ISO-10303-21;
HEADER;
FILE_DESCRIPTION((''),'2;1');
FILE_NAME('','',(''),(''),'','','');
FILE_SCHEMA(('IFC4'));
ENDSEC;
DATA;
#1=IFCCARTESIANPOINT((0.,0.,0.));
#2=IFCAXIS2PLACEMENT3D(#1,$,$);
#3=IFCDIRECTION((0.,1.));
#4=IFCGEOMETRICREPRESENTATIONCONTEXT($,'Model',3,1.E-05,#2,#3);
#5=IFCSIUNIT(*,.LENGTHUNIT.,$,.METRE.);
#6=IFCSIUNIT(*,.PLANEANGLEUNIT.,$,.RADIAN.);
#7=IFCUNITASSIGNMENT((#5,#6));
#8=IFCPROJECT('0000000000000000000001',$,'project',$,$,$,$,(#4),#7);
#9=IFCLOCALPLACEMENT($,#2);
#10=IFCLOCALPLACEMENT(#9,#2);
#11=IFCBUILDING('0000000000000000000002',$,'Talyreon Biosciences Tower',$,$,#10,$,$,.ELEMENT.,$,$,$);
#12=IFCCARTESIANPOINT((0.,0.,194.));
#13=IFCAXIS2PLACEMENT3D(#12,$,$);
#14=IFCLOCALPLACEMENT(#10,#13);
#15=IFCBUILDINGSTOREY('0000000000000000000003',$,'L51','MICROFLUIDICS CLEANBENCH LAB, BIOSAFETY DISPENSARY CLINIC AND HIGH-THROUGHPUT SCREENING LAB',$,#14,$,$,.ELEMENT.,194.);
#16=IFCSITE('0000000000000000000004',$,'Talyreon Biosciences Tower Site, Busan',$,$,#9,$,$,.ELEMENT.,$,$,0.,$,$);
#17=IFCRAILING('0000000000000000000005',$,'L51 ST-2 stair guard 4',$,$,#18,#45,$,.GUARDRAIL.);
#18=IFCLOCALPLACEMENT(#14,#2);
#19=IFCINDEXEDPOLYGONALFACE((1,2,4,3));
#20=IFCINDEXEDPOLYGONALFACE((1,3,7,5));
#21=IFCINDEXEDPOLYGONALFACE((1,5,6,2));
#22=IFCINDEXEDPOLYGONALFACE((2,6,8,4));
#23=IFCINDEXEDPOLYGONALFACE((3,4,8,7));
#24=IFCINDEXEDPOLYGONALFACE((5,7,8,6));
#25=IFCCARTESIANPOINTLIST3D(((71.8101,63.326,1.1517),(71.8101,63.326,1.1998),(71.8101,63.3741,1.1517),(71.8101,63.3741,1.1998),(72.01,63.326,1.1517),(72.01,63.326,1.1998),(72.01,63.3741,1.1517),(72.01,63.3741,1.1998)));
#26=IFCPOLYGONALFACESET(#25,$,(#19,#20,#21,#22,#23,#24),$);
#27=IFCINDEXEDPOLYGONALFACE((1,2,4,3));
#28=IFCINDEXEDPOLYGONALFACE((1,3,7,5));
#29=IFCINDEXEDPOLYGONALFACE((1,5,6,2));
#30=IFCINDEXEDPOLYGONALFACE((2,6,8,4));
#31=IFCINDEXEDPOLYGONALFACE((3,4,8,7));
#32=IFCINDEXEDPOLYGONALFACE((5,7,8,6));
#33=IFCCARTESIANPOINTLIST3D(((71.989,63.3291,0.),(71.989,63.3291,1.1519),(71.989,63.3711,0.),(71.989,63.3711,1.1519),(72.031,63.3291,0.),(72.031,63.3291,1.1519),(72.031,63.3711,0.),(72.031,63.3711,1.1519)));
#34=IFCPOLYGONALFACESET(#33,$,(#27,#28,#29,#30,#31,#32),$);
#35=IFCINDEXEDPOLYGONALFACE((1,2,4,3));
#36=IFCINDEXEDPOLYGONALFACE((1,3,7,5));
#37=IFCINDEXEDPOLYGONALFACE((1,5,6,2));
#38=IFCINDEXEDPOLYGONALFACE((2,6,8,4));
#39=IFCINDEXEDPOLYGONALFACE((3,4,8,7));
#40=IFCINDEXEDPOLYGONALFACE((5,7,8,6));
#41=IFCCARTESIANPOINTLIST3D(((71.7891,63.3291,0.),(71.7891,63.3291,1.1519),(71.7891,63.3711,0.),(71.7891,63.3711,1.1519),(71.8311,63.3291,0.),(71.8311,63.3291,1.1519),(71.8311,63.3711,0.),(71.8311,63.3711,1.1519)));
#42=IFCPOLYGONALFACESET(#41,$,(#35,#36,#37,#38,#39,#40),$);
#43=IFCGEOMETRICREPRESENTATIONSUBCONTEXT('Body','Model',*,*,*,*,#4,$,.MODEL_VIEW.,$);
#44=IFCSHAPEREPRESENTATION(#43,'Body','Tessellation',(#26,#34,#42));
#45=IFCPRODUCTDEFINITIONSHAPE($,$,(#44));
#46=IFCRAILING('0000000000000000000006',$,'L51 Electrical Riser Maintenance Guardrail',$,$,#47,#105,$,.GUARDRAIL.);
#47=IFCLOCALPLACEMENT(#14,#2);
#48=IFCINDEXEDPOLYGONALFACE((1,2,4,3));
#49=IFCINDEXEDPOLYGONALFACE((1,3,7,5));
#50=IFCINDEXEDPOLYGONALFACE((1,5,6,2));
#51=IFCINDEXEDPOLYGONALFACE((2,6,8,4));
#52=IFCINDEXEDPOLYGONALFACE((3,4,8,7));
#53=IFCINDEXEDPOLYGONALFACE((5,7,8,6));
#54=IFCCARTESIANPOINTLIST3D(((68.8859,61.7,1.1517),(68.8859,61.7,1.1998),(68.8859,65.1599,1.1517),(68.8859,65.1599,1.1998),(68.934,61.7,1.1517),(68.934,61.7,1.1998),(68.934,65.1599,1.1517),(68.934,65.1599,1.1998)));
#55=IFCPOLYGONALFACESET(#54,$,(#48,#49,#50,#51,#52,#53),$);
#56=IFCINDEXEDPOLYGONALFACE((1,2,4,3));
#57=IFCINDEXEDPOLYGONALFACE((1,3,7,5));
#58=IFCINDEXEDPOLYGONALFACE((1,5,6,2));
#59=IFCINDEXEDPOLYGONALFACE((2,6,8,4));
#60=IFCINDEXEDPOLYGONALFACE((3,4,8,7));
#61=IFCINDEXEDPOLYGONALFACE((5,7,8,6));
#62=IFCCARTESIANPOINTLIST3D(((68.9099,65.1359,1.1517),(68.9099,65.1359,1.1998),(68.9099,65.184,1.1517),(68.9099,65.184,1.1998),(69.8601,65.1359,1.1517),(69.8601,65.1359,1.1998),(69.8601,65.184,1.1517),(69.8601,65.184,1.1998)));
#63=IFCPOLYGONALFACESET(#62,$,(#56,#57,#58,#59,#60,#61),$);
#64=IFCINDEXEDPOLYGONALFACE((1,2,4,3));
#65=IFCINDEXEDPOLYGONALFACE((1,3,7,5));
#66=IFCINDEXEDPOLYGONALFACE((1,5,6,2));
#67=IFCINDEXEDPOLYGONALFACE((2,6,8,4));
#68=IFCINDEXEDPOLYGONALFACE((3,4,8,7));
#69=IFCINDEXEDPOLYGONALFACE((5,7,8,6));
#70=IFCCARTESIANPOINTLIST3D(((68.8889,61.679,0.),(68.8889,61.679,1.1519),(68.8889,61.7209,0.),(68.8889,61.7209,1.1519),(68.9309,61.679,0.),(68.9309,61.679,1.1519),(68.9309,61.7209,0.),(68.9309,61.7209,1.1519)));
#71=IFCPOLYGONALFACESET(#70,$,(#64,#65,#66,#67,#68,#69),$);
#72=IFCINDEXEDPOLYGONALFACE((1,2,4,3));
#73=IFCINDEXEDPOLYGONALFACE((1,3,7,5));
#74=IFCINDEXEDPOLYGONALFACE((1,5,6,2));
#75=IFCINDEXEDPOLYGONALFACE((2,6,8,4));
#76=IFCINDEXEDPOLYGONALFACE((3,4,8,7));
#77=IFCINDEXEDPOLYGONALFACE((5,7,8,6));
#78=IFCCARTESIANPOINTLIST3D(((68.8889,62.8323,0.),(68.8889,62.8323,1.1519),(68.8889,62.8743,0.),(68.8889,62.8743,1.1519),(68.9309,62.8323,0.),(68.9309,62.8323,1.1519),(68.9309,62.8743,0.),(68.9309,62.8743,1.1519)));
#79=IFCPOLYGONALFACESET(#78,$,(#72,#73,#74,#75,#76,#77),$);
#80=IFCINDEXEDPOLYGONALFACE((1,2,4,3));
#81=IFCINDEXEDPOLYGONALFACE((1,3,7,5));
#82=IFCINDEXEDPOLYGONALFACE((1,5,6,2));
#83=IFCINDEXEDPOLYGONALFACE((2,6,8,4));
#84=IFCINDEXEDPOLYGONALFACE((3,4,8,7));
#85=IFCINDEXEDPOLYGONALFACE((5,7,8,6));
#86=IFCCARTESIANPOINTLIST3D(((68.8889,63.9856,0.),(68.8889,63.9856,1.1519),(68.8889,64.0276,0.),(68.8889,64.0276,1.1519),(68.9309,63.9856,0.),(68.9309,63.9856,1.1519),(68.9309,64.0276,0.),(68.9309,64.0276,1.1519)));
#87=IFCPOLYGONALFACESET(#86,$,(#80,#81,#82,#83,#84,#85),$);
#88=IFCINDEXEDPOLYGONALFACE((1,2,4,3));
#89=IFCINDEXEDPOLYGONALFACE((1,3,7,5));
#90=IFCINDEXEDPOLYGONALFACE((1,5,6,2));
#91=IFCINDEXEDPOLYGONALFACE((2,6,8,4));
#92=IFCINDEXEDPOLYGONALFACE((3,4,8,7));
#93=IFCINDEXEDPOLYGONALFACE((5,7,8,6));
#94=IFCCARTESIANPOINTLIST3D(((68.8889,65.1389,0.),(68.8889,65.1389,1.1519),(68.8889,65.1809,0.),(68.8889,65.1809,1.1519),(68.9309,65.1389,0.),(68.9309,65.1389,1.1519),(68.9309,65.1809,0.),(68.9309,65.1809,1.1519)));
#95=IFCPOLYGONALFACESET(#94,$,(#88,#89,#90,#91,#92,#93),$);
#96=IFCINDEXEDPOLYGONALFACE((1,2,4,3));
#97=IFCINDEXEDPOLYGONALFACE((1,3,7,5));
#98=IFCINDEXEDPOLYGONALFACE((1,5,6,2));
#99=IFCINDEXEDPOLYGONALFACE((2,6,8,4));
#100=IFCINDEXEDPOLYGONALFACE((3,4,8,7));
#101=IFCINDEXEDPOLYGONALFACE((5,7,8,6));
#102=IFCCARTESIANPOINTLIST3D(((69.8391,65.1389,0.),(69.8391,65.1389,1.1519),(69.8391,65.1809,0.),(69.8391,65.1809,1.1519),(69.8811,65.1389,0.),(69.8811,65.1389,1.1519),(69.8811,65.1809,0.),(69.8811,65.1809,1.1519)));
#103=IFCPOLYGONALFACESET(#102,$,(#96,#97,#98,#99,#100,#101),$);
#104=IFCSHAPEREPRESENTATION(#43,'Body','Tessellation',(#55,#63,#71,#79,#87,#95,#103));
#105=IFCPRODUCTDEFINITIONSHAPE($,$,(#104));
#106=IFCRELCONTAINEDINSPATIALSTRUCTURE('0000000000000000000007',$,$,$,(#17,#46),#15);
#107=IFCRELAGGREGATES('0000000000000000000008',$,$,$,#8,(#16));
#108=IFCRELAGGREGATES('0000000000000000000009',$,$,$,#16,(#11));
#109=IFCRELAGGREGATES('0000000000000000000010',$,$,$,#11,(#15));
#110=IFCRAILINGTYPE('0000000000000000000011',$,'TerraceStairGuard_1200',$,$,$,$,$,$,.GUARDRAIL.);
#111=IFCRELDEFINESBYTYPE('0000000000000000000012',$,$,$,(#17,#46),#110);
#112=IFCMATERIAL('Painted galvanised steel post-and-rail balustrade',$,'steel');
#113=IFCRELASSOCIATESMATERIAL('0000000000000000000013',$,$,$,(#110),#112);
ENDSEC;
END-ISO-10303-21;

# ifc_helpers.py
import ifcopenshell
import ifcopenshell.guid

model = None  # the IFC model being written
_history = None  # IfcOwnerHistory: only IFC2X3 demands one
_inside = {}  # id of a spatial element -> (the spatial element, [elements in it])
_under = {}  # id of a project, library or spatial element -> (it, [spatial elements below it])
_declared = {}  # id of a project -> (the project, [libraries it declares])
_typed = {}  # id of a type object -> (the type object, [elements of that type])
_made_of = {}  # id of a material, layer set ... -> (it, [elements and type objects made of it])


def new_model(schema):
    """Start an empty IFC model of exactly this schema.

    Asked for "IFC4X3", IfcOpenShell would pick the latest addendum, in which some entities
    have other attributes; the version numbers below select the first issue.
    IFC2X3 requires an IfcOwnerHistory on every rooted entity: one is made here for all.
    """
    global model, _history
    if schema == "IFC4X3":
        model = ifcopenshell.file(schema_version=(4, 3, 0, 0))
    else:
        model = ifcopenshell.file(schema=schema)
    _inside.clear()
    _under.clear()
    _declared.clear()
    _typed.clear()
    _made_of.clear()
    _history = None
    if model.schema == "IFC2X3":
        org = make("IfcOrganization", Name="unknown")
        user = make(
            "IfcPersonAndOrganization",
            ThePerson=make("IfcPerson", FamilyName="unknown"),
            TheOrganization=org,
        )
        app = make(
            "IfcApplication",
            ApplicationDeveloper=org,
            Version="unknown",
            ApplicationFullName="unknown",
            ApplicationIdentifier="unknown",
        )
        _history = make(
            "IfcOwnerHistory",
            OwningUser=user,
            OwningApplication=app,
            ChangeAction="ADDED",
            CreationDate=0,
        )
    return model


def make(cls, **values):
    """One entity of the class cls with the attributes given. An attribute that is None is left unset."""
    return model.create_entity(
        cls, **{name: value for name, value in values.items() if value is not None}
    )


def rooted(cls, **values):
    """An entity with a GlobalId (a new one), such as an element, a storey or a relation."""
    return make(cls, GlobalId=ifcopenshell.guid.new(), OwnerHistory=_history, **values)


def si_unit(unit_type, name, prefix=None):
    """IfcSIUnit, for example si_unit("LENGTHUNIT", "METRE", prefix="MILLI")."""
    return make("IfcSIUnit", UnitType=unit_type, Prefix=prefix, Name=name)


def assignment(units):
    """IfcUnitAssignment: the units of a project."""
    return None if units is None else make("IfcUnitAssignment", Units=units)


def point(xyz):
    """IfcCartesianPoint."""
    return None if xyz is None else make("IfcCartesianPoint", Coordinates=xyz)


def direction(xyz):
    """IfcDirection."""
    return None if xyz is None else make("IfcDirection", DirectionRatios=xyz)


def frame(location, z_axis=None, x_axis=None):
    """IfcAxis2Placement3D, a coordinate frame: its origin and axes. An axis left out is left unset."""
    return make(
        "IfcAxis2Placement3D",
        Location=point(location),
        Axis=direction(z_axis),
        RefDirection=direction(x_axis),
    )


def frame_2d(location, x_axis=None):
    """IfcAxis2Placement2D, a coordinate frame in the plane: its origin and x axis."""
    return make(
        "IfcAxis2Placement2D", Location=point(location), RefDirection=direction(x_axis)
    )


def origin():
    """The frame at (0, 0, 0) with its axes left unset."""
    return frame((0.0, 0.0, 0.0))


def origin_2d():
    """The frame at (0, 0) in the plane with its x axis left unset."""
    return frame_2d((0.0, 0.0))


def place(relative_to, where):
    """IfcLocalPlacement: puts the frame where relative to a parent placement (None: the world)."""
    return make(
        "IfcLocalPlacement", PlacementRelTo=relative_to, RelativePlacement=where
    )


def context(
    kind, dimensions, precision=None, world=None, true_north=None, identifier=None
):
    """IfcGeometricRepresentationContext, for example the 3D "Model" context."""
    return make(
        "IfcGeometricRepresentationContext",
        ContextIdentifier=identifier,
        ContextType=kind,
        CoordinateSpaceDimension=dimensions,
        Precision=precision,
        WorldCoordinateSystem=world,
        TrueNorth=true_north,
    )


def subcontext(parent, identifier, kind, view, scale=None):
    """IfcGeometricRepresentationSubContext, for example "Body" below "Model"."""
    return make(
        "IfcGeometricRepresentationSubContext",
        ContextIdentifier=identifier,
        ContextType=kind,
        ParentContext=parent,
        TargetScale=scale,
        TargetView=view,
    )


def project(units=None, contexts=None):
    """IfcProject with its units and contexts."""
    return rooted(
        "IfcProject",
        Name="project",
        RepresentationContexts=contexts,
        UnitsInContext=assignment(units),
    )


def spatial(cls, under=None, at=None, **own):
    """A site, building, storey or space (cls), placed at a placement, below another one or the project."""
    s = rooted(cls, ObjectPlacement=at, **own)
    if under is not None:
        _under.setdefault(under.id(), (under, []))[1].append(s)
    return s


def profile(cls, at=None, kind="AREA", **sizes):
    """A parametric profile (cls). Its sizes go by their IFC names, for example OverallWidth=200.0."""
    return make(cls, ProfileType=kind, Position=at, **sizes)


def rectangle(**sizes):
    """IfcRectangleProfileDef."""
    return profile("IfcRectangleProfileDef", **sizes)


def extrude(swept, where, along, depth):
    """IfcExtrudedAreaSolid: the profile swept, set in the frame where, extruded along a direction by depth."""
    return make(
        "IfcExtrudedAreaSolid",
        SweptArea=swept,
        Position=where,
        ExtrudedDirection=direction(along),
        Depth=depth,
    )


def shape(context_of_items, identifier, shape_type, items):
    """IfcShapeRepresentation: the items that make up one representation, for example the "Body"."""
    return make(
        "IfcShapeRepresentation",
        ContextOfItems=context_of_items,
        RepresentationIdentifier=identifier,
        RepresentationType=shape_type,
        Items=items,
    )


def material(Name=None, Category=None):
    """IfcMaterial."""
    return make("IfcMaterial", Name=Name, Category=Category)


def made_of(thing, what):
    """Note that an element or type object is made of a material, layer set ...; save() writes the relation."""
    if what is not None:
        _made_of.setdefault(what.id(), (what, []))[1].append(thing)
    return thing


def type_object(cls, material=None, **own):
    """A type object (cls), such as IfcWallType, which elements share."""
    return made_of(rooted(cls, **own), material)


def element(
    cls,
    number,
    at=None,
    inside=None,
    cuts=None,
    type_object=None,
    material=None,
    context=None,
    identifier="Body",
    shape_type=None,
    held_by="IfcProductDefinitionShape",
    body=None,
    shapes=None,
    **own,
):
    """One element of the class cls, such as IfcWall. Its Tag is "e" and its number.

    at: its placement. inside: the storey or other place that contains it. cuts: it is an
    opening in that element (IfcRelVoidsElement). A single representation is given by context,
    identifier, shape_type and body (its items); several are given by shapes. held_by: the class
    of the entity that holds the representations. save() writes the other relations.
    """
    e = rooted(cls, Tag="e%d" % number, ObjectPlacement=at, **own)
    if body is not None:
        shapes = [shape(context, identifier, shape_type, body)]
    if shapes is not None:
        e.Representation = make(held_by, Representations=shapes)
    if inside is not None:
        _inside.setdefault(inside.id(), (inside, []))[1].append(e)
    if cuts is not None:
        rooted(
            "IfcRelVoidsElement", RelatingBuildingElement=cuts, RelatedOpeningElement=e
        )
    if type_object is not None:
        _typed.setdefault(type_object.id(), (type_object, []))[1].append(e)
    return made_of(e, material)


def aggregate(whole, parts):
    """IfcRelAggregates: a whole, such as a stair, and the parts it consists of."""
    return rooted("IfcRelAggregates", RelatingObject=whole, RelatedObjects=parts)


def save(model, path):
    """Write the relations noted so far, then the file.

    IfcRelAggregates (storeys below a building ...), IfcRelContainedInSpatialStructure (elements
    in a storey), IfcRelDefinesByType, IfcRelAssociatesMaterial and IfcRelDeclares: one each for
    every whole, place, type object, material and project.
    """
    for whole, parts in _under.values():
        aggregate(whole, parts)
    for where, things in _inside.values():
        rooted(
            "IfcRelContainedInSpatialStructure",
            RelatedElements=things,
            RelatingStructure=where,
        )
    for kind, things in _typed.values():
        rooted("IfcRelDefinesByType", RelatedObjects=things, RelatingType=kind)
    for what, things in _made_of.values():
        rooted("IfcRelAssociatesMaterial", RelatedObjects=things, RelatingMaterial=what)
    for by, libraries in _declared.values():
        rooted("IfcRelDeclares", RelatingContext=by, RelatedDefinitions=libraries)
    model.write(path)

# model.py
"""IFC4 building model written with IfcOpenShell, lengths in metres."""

from ifc_helpers import new_model, si_unit, direction, frame, origin, origin_2d, place, context, subcontext, project, spatial, rectangle, extrude, material, type_object, element, save


model = new_model("IFC4")

# Units and contexts
model_context = context("Model", 3, precision=1e-05, world=origin(), true_north=direction((0.0, 1.0)))
body_context = subcontext(model_context, "Body", "Model", "MODEL_VIEW")
ifc_project = project(units=[si_unit("LENGTHUNIT", "METRE"), si_unit("PLANEANGLEUNIT", "RADIAN")], contexts=[model_context])

# Site, building, storey
site_placement = place(None, origin())
site = spatial("IfcSite", under=ifc_project, at=site_placement, Name="Talyreon Biosciences Tower Site, Busan", CompositionType="ELEMENT", RefElevation=0.0)
building_placement = place(site_placement, origin())
building = spatial("IfcBuilding", under=site, at=building_placement, Name="Talyreon Biosciences Tower", CompositionType="ELEMENT")
storey_placement = place(building_placement, frame((0.0, 0.0, 194.0)))
storey = spatial("IfcBuildingStorey", under=building, at=storey_placement, Name="L51", Description="MICROFLUIDICS CLEANBENCH LAB, BIOSAFETY DISPENSARY CLINIC AND HIGH-THROUGHPUT SCREENING LAB", CompositionType="ELEMENT", Elevation=194.0)

# Railings
ifc_material_1 = material(Name="Painted galvanised steel post-and-rail balustrade", Category="steel")
railing_type_1 = type_object("IfcRailingType", Name="TerraceStairGuard_1200", PredefinedType="GUARDRAIL", material=ifc_material_1)
railing_1_placement = place(storey_placement, frame((72.01, 63.3501, 0.0)))
element("IfcRailing", 1, at=railing_1_placement, inside=storey, type_object=railing_type_1, Name="L51 ST-2 stair guard 4", PredefinedType="GUARDRAIL", context=body_context, shape_type="SweptSolid", body=[
    extrude(rectangle(XDim=0.0481, YDim=0.0481, at=origin_2d()), frame((0.0, 0.0, 1.1758), z_axis=(-1.0, 0.0, 0.0), x_axis=(0.0, -1.0, 0.0)), (0.0, 0.0, 1.0), 0.2),
    extrude(rectangle(XDim=0.042, YDim=0.042, at=origin_2d()), origin(), (0.0, 0.0, 1.0), 1.1519),
    extrude(rectangle(XDim=0.042, YDim=0.042, at=origin_2d()), frame((-0.2, 0.0, 0.0)), (0.0, 0.0, 1.0), 1.1519),
])
railing_2_placement = place(storey_placement, frame((68.9099, 61.7, 0.0)))
element("IfcRailing", 2, at=railing_2_placement, inside=storey, type_object=railing_type_1, Name="L51 Electrical Riser Maintenance Guardrail", PredefinedType="GUARDRAIL", context=body_context, shape_type="SweptSolid", body=[
    extrude(rectangle(XDim=0.0481, YDim=0.0481, at=origin_2d()), frame((0.0, 0.0, 1.1758), z_axis=(0.0, 1.0, 0.0), x_axis=(-1.0, 0.0, 0.0)), (0.0, 0.0, 1.0), 3.46),
    extrude(rectangle(XDim=0.0481, YDim=0.0481, at=origin_2d()), frame((0.0, 3.46, 1.1758), z_axis=(1.0, 0.0, 0.0), x_axis=(0.0, 1.0, 0.0)), (0.0, 0.0, 1.0), 0.9502),
    extrude(rectangle(XDim=0.042, YDim=0.042, at=origin_2d()), origin(), (0.0, 0.0, 1.0), 1.1519),
    extrude(rectangle(XDim=0.042, YDim=0.042, at=origin_2d()), frame((0.0, 1.1533, 0.0)), (0.0, 0.0, 1.0), 1.1519),
    extrude(rectangle(XDim=0.042, YDim=0.042, at=origin_2d()), frame((0.0, 2.3066, 0.0)), (0.0, 0.0, 1.0), 1.1519),
    extrude(rectangle(XDim=0.042, YDim=0.042, at=origin_2d()), frame((0.0, 3.46, 0.0)), (0.0, 0.0, 1.0), 1.1519),
    extrude(rectangle(XDim=0.042, YDim=0.042, at=origin_2d()), frame((0.9502, 3.46, 0.0)), (0.0, 0.0, 1.0), 1.1519),
])

save(model, "model.ifc")
